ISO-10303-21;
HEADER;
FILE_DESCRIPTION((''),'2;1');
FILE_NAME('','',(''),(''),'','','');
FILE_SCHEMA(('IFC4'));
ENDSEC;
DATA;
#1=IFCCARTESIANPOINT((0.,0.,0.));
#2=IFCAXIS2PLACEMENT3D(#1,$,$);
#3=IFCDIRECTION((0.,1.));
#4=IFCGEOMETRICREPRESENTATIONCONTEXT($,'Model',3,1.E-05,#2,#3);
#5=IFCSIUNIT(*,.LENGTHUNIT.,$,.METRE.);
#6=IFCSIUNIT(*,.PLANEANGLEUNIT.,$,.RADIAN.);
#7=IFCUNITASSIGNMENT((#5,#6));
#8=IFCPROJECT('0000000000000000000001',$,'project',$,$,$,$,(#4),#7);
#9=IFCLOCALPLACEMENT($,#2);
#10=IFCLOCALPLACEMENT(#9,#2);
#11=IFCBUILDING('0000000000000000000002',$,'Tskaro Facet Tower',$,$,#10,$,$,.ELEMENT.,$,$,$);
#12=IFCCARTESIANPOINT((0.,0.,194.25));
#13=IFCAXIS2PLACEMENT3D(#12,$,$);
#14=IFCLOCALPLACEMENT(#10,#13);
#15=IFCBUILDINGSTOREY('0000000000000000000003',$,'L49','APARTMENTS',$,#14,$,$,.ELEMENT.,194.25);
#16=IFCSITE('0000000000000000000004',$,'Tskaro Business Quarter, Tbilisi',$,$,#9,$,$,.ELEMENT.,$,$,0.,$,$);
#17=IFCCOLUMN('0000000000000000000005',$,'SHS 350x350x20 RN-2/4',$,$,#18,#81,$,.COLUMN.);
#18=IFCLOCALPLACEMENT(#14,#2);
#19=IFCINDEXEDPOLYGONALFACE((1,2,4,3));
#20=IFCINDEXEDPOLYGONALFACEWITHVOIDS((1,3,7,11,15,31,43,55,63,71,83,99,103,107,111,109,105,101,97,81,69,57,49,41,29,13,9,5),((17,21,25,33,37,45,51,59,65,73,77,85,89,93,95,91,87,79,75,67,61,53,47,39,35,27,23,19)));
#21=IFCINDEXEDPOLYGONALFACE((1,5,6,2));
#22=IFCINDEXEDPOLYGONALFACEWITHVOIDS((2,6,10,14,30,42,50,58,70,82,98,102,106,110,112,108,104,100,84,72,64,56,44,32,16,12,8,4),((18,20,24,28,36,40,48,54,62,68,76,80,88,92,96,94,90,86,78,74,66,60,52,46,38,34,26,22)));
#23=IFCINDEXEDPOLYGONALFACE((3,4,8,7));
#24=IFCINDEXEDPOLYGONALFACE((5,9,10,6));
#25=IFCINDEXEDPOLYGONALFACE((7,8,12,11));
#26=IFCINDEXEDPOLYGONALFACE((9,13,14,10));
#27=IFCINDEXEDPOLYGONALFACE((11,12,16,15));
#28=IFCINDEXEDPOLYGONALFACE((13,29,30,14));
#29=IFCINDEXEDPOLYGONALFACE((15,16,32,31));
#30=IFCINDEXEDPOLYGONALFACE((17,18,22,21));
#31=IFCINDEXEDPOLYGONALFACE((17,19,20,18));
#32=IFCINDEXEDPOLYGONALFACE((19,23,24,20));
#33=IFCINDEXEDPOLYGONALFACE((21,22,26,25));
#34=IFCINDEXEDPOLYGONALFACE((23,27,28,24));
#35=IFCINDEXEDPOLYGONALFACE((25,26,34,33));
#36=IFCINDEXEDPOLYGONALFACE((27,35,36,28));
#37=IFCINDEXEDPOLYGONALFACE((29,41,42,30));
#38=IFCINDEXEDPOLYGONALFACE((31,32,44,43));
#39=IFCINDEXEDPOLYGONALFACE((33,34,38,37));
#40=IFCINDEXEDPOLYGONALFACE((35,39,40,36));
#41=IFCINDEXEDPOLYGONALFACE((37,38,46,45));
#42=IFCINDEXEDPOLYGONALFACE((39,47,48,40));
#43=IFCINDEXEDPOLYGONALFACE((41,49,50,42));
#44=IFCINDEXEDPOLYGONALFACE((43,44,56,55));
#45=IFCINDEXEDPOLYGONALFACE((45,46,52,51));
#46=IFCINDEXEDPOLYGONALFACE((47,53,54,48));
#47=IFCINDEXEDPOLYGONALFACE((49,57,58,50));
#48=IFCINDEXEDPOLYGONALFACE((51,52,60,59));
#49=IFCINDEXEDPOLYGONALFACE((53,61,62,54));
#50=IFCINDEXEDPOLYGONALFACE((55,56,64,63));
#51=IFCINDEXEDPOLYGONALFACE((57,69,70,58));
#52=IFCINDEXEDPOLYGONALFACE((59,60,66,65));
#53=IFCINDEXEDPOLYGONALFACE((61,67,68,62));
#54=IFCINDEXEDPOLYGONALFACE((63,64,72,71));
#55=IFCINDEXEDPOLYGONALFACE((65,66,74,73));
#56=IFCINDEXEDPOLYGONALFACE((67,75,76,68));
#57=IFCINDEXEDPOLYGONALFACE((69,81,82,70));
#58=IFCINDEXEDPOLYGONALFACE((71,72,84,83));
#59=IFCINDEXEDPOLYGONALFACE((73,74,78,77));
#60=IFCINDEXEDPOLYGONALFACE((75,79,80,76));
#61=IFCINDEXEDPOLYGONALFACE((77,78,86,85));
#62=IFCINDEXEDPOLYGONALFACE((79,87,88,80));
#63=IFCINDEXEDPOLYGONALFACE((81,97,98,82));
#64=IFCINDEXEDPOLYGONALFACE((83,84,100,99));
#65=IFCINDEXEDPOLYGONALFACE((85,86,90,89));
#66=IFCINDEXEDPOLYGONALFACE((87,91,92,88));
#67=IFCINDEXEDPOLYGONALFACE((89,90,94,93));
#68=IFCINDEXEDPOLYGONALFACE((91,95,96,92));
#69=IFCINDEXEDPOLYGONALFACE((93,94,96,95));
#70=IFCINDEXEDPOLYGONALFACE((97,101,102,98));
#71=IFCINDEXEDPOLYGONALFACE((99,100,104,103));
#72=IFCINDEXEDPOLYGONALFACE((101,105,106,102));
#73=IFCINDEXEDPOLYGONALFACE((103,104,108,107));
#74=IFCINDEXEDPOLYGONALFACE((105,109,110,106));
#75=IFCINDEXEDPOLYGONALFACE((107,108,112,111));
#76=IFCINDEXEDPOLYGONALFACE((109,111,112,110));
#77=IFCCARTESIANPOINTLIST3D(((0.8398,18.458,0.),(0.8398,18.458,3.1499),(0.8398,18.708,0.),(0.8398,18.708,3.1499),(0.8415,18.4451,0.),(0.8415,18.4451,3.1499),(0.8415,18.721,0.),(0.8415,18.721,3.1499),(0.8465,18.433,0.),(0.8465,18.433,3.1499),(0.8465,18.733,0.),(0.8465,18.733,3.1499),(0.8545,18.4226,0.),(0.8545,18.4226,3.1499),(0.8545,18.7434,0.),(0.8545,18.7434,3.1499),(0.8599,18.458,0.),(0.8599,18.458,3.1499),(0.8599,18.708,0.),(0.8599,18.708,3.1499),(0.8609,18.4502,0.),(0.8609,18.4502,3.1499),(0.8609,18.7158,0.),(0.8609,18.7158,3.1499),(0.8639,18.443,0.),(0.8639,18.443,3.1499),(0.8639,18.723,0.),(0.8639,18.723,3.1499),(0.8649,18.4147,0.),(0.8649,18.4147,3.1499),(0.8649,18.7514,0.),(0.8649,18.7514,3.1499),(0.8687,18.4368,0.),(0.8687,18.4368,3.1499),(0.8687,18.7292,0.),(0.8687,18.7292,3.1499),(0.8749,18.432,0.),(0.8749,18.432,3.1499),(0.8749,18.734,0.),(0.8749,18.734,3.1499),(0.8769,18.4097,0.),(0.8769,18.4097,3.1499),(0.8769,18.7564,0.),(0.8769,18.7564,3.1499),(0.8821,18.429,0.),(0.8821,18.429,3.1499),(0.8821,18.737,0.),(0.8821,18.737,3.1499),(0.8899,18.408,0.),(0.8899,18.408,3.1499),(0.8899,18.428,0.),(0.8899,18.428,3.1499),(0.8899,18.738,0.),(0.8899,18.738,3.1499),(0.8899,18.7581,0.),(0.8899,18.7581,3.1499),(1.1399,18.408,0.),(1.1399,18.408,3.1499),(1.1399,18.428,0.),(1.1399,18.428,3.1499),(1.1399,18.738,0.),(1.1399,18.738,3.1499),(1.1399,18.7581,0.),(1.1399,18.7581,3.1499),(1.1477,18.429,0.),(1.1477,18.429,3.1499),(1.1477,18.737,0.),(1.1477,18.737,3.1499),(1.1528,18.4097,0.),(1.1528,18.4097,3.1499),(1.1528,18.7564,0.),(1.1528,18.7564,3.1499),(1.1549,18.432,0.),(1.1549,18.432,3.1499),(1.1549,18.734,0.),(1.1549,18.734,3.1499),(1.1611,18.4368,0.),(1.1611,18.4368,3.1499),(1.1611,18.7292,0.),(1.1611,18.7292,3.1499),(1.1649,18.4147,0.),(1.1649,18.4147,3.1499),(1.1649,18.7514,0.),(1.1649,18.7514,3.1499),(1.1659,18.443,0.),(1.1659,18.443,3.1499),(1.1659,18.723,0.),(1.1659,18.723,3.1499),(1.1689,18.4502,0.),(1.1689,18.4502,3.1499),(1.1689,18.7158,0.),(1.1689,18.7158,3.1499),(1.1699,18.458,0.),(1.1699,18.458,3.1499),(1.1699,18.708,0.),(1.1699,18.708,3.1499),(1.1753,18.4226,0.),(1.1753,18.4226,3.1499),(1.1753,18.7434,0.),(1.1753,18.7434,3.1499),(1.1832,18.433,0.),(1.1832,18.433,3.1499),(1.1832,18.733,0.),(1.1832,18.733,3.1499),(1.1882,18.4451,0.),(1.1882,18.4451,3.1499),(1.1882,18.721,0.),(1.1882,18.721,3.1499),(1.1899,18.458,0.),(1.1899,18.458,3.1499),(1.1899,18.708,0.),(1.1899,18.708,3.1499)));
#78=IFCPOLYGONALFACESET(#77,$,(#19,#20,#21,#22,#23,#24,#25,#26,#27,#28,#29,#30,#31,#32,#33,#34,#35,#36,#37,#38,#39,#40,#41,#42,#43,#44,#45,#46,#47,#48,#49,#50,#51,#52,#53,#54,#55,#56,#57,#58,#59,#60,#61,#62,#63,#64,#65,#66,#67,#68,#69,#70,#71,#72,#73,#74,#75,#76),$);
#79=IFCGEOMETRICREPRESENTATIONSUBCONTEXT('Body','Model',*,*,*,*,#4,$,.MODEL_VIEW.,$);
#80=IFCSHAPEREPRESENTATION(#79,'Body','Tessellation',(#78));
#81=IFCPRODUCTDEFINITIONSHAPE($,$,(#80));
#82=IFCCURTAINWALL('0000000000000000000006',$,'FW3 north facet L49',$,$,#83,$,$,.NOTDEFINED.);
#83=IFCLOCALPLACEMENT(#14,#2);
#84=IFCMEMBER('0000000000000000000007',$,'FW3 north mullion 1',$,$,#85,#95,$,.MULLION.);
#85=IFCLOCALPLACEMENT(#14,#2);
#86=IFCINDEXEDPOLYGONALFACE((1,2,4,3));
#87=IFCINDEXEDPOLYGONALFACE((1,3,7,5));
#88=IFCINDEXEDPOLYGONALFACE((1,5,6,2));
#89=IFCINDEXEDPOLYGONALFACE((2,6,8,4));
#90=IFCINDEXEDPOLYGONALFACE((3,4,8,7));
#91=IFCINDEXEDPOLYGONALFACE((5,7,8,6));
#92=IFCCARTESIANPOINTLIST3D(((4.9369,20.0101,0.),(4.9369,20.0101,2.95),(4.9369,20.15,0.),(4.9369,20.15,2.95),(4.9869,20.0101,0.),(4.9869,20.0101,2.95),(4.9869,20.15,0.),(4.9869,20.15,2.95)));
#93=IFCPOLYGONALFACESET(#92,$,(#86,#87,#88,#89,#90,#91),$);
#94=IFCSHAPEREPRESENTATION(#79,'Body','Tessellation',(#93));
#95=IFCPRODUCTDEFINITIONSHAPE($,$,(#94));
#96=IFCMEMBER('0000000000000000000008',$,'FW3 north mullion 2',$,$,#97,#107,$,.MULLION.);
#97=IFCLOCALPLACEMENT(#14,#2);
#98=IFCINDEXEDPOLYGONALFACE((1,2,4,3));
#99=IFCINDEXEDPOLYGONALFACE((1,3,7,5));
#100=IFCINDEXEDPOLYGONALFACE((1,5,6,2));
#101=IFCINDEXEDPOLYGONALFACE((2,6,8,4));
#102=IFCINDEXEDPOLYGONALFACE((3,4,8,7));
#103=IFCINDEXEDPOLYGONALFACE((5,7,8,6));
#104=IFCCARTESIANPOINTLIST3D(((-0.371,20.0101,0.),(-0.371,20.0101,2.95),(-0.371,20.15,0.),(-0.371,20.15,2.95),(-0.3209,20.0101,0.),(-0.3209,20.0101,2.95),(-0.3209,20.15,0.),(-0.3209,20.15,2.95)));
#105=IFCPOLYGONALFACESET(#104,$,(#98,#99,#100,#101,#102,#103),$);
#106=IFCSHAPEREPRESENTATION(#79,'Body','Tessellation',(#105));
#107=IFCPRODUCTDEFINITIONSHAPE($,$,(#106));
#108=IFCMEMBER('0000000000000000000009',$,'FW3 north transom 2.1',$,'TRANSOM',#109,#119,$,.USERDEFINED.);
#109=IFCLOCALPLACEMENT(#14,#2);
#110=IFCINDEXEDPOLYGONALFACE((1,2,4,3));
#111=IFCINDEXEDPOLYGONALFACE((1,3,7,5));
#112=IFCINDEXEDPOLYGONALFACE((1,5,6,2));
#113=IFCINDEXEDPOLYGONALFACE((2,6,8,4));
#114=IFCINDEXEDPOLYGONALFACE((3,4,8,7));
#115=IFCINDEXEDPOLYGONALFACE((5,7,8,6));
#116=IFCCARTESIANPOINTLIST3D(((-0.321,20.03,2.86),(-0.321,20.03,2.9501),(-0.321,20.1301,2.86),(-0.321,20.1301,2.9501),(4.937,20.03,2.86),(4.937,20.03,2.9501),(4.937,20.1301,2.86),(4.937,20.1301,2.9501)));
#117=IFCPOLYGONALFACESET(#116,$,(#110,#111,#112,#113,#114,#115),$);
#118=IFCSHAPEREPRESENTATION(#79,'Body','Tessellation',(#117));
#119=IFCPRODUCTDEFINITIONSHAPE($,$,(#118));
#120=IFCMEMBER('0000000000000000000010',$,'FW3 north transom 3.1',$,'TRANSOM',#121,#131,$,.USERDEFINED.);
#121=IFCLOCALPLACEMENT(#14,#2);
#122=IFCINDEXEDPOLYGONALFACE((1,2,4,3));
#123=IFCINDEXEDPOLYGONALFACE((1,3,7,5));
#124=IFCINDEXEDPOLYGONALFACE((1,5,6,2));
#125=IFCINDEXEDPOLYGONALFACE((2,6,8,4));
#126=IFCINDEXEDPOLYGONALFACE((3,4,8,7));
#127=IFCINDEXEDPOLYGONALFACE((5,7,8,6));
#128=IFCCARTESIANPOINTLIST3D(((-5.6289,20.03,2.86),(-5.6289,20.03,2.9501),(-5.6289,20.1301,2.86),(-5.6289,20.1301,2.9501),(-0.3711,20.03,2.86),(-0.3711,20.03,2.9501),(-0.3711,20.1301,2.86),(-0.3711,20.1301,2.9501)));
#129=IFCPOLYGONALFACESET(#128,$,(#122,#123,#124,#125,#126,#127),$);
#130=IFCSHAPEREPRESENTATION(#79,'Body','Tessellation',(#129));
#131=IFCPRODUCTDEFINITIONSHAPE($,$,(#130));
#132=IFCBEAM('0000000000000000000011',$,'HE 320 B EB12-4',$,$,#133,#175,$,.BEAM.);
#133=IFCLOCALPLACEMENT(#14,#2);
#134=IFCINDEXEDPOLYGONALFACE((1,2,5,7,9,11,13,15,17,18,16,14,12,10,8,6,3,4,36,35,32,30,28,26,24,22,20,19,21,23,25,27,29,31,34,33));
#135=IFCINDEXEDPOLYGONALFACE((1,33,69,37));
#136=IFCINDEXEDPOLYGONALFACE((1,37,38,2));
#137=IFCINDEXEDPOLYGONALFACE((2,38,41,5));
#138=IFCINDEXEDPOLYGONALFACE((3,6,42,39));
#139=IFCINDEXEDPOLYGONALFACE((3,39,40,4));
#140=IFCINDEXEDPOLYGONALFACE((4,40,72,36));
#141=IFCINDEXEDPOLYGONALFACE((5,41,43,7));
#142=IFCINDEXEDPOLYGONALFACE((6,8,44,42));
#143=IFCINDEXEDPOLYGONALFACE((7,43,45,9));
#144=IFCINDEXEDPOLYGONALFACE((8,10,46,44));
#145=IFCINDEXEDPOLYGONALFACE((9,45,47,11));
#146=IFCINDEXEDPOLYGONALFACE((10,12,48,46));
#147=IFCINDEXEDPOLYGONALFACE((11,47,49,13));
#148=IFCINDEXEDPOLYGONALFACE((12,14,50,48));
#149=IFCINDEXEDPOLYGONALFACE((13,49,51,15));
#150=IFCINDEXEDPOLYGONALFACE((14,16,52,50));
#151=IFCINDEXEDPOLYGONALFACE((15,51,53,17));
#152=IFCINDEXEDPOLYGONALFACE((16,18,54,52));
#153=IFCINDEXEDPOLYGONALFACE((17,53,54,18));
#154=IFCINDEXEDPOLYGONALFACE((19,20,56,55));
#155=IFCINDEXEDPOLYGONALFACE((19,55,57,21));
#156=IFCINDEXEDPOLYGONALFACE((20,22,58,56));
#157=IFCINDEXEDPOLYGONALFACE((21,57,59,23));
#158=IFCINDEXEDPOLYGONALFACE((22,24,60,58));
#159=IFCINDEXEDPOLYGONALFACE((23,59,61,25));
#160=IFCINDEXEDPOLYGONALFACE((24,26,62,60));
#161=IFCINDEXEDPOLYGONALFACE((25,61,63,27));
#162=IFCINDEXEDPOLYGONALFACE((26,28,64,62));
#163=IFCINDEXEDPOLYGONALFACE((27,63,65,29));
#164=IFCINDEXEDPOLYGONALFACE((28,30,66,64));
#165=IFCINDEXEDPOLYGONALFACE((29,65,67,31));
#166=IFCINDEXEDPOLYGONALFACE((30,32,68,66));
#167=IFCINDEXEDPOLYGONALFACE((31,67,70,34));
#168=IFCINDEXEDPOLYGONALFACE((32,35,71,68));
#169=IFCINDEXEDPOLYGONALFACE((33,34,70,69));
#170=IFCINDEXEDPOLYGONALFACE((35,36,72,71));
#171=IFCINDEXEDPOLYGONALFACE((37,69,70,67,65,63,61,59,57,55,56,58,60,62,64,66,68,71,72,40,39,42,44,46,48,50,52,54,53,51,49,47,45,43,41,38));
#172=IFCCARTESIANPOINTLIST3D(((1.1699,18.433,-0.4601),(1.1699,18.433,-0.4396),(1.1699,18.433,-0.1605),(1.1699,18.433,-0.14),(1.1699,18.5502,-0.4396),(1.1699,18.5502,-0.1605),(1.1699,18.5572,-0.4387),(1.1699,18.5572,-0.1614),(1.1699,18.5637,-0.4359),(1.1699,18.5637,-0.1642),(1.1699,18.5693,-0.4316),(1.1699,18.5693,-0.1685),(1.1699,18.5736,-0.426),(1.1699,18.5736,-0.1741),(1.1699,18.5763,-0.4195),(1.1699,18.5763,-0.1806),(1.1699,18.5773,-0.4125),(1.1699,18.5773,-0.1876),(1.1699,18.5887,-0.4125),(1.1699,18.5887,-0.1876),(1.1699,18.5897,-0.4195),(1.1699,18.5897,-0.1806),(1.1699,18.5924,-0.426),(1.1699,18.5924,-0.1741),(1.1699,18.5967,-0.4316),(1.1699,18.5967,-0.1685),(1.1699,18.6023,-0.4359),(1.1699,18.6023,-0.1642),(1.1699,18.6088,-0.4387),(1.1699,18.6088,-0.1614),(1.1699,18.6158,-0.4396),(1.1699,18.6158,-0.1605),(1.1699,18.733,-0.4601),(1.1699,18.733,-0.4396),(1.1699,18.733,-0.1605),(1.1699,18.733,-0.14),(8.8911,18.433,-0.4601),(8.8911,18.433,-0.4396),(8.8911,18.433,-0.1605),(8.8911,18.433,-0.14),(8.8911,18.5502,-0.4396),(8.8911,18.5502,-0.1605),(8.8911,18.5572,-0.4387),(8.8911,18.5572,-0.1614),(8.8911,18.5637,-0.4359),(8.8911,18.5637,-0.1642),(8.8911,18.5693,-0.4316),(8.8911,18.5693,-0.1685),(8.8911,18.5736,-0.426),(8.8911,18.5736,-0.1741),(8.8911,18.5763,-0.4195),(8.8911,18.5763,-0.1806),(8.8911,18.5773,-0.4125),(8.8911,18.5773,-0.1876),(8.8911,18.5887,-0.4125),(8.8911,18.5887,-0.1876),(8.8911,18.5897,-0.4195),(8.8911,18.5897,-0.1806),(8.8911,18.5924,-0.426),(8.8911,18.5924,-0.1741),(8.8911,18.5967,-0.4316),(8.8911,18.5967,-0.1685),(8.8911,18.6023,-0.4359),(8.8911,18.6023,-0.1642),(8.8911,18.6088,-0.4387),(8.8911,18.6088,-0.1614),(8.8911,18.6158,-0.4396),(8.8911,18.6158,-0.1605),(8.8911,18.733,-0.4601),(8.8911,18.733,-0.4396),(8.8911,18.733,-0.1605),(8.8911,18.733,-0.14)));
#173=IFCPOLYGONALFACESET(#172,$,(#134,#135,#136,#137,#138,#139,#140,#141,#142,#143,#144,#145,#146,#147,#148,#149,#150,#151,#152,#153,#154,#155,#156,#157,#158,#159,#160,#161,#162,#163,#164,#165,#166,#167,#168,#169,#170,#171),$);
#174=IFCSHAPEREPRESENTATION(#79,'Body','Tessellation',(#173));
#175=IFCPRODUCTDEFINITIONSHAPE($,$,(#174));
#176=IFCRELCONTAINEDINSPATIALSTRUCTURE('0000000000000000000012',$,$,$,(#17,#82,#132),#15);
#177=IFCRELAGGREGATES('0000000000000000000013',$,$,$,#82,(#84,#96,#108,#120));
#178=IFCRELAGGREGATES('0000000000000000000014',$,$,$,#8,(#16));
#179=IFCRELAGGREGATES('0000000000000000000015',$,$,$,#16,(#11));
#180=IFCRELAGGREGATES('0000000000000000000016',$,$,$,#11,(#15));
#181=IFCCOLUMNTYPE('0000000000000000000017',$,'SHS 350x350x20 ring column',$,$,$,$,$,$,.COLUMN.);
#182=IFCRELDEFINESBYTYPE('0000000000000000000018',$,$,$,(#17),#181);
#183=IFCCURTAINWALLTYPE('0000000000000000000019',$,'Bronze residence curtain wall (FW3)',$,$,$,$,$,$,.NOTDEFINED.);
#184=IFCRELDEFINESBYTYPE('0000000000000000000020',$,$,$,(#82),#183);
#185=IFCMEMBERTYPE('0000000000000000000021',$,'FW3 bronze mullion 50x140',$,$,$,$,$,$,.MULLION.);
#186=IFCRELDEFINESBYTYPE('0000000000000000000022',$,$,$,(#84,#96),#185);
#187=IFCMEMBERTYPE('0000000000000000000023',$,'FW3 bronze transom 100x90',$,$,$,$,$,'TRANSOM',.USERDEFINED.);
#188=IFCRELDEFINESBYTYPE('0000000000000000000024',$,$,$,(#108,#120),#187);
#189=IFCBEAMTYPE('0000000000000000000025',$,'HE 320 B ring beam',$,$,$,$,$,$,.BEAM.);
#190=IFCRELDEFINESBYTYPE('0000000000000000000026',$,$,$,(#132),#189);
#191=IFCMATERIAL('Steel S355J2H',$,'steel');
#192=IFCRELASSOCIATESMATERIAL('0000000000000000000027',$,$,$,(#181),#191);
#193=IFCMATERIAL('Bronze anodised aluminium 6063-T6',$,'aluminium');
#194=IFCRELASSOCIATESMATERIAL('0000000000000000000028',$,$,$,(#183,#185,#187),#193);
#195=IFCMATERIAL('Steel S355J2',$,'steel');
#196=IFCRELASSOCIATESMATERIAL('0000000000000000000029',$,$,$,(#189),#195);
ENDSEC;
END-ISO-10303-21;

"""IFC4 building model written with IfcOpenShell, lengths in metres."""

from ifc_helpers import new_model, si_unit, direction, frame, origin, origin_2d, place, context, subcontext, project, spatial, rectangle, hollow_rectangle, i_section, extrude, material, material_profile, profile_set, type_object, element, aggregate, save


model = new_model("IFC4")

# Units and contexts
model_context = context("Model", 3, precision=1e-05, world=origin(), true_north=direction((0.0, 1.0)))
body_context = subcontext(model_context, "Body", "Model", "MODEL_VIEW")
ifc_project = project(units=[si_unit("LENGTHUNIT", "METRE"), si_unit("PLANEANGLEUNIT", "RADIAN")], contexts=[model_context])

# Site, building, storey
site_placement = place(None, origin())
site = spatial("IfcSite", under=ifc_project, at=site_placement, Name="Tskaro Business Quarter, Tbilisi", CompositionType="ELEMENT", RefElevation=0.0)
building_placement = place(site_placement, origin())
building = spatial("IfcBuilding", under=site, at=building_placement, Name="Tskaro Facet Tower", CompositionType="ELEMENT")
storey_placement = place(building_placement, frame((0.0, 0.0, 194.25)))
storey = spatial("IfcBuildingStorey", under=building, at=storey_placement, Name="L49", Description="APARTMENTS", CompositionType="ELEMENT", Elevation=194.25)

# Column
ifc_material_1 = material(Name="Steel S355J2H", Category="steel")
ifc_material_profile_1 = material_profile(ifc_material_1, hollow_rectangle(XDim=0.3501, YDim=0.3501, WallThickness=0.02, InnerFilletRadius=0.03, OuterFilletRadius=0.05, at=origin_2d()), Name="SHS 350x350x20")
ifc_profile_set_1 = profile_set([ifc_material_profile_1], Name="Steel S355J2H")
column_type = type_object("IfcColumnType", Name="SHS 350x350x20 ring column", PredefinedType="COLUMN", material=ifc_profile_set_1)
column_placement = place(storey_placement, frame((1.0149, 18.583, 0.0), z_axis=(0.0, 0.0, 1.0), x_axis=(1.0, 0.0, 0.0)))
element("IfcColumn", 1, at=column_placement, inside=storey, type_object=column_type, Name="SHS 350x350x20 RN-2/4", PredefinedType="COLUMN", context=body_context, shape_type="SweptSolid", body=[
    extrude(hollow_rectangle(XDim=0.3501, YDim=0.3501, WallThickness=0.02, InnerFilletRadius=0.03, OuterFilletRadius=0.05, at=origin_2d()), origin(), (0.0, 0.0, 1.0), 3.1499),
])

# Curtain wall, members
ifc_material_2 = material(Name="Bronze anodised aluminium 6063-T6", Category="aluminium")
curtain_wall_type = type_object("IfcCurtainWallType", Name="Bronze residence curtain wall (FW3)", PredefinedType="NOTDEFINED", material=ifc_material_2)
curtain_wall_placement = place(storey_placement, origin())
curtain_wall = element("IfcCurtainWall", 2, at=curtain_wall_placement, inside=storey, type_object=curtain_wall_type, Name="FW3 north facet L49", PredefinedType="NOTDEFINED")
ifc_material_profile_2 = material_profile(ifc_material_2, rectangle(XDim=0.05, YDim=0.1399, at=origin_2d()), Name="Mullion 50x140")
ifc_profile_set_2 = profile_set([ifc_material_profile_2], Name="Bronze anodised aluminium 6063-T6")
member_type_1 = type_object("IfcMemberType", Name="FW3 bronze mullion 50x140", PredefinedType="MULLION", material=ifc_profile_set_2)
member_1_placement = place(storey_placement, frame((4.9619, 20.0801, 0.0), z_axis=(0.0, 0.0, 1.0), x_axis=(-1.0, 0.0, 0.0)))
member_1 = element("IfcMember", 3, at=member_1_placement, type_object=member_type_1, Name="FW3 north mullion 1", PredefinedType="MULLION", context=body_context, shape_type="SweptSolid", body=[
    extrude(rectangle(XDim=0.05, YDim=0.1399, at=origin_2d()), origin(), (0.0, 0.0, 1.0), 2.95),
])
member_2_placement = place(storey_placement, frame((-0.3459, 20.0801, 0.0), z_axis=(0.0, 0.0, 1.0), x_axis=(-1.0, 0.0, 0.0)))
member_2 = element("IfcMember", 4, at=member_2_placement, type_object=member_type_1, Name="FW3 north mullion 2", PredefinedType="MULLION", context=body_context, shape_type="SweptSolid", body=[
    extrude(rectangle(XDim=0.05, YDim=0.1399, at=origin_2d()), origin(), (0.0, 0.0, 1.0), 2.95),
])
ifc_material_profile_3 = material_profile(ifc_material_2, rectangle(XDim=0.1001, YDim=0.0901, at=origin_2d()), Name="Transom 100x90")
ifc_profile_set_3 = profile_set([ifc_material_profile_3], Name="Bronze anodised aluminium 6063-T6")
member_type_2 = type_object("IfcMemberType", Name="FW3 bronze transom 100x90", ElementType="TRANSOM", PredefinedType="USERDEFINED", material=ifc_profile_set_3)
member_3_placement = place(storey_placement, frame((4.937, 20.0801, 2.905), z_axis=(-1.0, 0.0, 0.0), x_axis=(0.0, -1.0, 0.0)))
member_3 = element("IfcMember", 5, at=member_3_placement, type_object=member_type_2, Name="FW3 north transom 2.1", ObjectType="TRANSOM", PredefinedType="USERDEFINED", context=body_context, shape_type="SweptSolid", body=[
    extrude(rectangle(XDim=0.1001, YDim=0.0901, at=origin_2d()), origin(), (0.0, 0.0, 1.0), 5.2581),
])
member_4_placement = place(storey_placement, frame((-0.3711, 20.0801, 2.905), z_axis=(-1.0, 0.0, 0.0), x_axis=(0.0, -1.0, 0.0)))
member_4 = element("IfcMember", 6, at=member_4_placement, type_object=member_type_2, Name="FW3 north transom 3.1", ObjectType="TRANSOM", PredefinedType="USERDEFINED", context=body_context, shape_type="SweptSolid", body=[
    extrude(rectangle(XDim=0.1001, YDim=0.0901, at=origin_2d()), origin(), (0.0, 0.0, 1.0), 5.2578),
])

# Beam
ifc_material_3 = material(Name="Steel S355J2", Category="steel")
ifc_material_profile_4 = material_profile(ifc_material_3, i_section(OverallWidth=0.3, OverallDepth=0.3201, WebThickness=0.0115, FlangeThickness=0.0205, FilletRadius=0.0271, at=origin_2d()), Name="HE 320 B")
ifc_profile_set_4 = profile_set([ifc_material_profile_4], Name="Steel S355J2")
beam_type_1 = type_object("IfcBeamType", Name="HE 320 B ring beam", PredefinedType="BEAM", material=ifc_profile_set_4)
beam_1_placement = place(storey_placement, frame((8.8911, 18.583, -0.3), z_axis=(-1.0, 0.0, 0.0), x_axis=(0.0, -1.0, 0.0)))
element("IfcBeam", 7, at=beam_1_placement, inside=storey, type_object=beam_type_1, Name="HE 320 B EB12-4", PredefinedType="BEAM", context=body_context, shape_type="SweptSolid", body=[
    extrude(i_section(OverallWidth=0.3, OverallDepth=0.3201, WebThickness=0.0115, FlangeThickness=0.0205, FilletRadius=0.0271, at=origin_2d()), origin(), (0.0, 0.0, 1.0), 7.7212),
])

aggregate(curtain_wall, [member_1, member_2, member_3, member_4])

save(model, "model.ifc")
